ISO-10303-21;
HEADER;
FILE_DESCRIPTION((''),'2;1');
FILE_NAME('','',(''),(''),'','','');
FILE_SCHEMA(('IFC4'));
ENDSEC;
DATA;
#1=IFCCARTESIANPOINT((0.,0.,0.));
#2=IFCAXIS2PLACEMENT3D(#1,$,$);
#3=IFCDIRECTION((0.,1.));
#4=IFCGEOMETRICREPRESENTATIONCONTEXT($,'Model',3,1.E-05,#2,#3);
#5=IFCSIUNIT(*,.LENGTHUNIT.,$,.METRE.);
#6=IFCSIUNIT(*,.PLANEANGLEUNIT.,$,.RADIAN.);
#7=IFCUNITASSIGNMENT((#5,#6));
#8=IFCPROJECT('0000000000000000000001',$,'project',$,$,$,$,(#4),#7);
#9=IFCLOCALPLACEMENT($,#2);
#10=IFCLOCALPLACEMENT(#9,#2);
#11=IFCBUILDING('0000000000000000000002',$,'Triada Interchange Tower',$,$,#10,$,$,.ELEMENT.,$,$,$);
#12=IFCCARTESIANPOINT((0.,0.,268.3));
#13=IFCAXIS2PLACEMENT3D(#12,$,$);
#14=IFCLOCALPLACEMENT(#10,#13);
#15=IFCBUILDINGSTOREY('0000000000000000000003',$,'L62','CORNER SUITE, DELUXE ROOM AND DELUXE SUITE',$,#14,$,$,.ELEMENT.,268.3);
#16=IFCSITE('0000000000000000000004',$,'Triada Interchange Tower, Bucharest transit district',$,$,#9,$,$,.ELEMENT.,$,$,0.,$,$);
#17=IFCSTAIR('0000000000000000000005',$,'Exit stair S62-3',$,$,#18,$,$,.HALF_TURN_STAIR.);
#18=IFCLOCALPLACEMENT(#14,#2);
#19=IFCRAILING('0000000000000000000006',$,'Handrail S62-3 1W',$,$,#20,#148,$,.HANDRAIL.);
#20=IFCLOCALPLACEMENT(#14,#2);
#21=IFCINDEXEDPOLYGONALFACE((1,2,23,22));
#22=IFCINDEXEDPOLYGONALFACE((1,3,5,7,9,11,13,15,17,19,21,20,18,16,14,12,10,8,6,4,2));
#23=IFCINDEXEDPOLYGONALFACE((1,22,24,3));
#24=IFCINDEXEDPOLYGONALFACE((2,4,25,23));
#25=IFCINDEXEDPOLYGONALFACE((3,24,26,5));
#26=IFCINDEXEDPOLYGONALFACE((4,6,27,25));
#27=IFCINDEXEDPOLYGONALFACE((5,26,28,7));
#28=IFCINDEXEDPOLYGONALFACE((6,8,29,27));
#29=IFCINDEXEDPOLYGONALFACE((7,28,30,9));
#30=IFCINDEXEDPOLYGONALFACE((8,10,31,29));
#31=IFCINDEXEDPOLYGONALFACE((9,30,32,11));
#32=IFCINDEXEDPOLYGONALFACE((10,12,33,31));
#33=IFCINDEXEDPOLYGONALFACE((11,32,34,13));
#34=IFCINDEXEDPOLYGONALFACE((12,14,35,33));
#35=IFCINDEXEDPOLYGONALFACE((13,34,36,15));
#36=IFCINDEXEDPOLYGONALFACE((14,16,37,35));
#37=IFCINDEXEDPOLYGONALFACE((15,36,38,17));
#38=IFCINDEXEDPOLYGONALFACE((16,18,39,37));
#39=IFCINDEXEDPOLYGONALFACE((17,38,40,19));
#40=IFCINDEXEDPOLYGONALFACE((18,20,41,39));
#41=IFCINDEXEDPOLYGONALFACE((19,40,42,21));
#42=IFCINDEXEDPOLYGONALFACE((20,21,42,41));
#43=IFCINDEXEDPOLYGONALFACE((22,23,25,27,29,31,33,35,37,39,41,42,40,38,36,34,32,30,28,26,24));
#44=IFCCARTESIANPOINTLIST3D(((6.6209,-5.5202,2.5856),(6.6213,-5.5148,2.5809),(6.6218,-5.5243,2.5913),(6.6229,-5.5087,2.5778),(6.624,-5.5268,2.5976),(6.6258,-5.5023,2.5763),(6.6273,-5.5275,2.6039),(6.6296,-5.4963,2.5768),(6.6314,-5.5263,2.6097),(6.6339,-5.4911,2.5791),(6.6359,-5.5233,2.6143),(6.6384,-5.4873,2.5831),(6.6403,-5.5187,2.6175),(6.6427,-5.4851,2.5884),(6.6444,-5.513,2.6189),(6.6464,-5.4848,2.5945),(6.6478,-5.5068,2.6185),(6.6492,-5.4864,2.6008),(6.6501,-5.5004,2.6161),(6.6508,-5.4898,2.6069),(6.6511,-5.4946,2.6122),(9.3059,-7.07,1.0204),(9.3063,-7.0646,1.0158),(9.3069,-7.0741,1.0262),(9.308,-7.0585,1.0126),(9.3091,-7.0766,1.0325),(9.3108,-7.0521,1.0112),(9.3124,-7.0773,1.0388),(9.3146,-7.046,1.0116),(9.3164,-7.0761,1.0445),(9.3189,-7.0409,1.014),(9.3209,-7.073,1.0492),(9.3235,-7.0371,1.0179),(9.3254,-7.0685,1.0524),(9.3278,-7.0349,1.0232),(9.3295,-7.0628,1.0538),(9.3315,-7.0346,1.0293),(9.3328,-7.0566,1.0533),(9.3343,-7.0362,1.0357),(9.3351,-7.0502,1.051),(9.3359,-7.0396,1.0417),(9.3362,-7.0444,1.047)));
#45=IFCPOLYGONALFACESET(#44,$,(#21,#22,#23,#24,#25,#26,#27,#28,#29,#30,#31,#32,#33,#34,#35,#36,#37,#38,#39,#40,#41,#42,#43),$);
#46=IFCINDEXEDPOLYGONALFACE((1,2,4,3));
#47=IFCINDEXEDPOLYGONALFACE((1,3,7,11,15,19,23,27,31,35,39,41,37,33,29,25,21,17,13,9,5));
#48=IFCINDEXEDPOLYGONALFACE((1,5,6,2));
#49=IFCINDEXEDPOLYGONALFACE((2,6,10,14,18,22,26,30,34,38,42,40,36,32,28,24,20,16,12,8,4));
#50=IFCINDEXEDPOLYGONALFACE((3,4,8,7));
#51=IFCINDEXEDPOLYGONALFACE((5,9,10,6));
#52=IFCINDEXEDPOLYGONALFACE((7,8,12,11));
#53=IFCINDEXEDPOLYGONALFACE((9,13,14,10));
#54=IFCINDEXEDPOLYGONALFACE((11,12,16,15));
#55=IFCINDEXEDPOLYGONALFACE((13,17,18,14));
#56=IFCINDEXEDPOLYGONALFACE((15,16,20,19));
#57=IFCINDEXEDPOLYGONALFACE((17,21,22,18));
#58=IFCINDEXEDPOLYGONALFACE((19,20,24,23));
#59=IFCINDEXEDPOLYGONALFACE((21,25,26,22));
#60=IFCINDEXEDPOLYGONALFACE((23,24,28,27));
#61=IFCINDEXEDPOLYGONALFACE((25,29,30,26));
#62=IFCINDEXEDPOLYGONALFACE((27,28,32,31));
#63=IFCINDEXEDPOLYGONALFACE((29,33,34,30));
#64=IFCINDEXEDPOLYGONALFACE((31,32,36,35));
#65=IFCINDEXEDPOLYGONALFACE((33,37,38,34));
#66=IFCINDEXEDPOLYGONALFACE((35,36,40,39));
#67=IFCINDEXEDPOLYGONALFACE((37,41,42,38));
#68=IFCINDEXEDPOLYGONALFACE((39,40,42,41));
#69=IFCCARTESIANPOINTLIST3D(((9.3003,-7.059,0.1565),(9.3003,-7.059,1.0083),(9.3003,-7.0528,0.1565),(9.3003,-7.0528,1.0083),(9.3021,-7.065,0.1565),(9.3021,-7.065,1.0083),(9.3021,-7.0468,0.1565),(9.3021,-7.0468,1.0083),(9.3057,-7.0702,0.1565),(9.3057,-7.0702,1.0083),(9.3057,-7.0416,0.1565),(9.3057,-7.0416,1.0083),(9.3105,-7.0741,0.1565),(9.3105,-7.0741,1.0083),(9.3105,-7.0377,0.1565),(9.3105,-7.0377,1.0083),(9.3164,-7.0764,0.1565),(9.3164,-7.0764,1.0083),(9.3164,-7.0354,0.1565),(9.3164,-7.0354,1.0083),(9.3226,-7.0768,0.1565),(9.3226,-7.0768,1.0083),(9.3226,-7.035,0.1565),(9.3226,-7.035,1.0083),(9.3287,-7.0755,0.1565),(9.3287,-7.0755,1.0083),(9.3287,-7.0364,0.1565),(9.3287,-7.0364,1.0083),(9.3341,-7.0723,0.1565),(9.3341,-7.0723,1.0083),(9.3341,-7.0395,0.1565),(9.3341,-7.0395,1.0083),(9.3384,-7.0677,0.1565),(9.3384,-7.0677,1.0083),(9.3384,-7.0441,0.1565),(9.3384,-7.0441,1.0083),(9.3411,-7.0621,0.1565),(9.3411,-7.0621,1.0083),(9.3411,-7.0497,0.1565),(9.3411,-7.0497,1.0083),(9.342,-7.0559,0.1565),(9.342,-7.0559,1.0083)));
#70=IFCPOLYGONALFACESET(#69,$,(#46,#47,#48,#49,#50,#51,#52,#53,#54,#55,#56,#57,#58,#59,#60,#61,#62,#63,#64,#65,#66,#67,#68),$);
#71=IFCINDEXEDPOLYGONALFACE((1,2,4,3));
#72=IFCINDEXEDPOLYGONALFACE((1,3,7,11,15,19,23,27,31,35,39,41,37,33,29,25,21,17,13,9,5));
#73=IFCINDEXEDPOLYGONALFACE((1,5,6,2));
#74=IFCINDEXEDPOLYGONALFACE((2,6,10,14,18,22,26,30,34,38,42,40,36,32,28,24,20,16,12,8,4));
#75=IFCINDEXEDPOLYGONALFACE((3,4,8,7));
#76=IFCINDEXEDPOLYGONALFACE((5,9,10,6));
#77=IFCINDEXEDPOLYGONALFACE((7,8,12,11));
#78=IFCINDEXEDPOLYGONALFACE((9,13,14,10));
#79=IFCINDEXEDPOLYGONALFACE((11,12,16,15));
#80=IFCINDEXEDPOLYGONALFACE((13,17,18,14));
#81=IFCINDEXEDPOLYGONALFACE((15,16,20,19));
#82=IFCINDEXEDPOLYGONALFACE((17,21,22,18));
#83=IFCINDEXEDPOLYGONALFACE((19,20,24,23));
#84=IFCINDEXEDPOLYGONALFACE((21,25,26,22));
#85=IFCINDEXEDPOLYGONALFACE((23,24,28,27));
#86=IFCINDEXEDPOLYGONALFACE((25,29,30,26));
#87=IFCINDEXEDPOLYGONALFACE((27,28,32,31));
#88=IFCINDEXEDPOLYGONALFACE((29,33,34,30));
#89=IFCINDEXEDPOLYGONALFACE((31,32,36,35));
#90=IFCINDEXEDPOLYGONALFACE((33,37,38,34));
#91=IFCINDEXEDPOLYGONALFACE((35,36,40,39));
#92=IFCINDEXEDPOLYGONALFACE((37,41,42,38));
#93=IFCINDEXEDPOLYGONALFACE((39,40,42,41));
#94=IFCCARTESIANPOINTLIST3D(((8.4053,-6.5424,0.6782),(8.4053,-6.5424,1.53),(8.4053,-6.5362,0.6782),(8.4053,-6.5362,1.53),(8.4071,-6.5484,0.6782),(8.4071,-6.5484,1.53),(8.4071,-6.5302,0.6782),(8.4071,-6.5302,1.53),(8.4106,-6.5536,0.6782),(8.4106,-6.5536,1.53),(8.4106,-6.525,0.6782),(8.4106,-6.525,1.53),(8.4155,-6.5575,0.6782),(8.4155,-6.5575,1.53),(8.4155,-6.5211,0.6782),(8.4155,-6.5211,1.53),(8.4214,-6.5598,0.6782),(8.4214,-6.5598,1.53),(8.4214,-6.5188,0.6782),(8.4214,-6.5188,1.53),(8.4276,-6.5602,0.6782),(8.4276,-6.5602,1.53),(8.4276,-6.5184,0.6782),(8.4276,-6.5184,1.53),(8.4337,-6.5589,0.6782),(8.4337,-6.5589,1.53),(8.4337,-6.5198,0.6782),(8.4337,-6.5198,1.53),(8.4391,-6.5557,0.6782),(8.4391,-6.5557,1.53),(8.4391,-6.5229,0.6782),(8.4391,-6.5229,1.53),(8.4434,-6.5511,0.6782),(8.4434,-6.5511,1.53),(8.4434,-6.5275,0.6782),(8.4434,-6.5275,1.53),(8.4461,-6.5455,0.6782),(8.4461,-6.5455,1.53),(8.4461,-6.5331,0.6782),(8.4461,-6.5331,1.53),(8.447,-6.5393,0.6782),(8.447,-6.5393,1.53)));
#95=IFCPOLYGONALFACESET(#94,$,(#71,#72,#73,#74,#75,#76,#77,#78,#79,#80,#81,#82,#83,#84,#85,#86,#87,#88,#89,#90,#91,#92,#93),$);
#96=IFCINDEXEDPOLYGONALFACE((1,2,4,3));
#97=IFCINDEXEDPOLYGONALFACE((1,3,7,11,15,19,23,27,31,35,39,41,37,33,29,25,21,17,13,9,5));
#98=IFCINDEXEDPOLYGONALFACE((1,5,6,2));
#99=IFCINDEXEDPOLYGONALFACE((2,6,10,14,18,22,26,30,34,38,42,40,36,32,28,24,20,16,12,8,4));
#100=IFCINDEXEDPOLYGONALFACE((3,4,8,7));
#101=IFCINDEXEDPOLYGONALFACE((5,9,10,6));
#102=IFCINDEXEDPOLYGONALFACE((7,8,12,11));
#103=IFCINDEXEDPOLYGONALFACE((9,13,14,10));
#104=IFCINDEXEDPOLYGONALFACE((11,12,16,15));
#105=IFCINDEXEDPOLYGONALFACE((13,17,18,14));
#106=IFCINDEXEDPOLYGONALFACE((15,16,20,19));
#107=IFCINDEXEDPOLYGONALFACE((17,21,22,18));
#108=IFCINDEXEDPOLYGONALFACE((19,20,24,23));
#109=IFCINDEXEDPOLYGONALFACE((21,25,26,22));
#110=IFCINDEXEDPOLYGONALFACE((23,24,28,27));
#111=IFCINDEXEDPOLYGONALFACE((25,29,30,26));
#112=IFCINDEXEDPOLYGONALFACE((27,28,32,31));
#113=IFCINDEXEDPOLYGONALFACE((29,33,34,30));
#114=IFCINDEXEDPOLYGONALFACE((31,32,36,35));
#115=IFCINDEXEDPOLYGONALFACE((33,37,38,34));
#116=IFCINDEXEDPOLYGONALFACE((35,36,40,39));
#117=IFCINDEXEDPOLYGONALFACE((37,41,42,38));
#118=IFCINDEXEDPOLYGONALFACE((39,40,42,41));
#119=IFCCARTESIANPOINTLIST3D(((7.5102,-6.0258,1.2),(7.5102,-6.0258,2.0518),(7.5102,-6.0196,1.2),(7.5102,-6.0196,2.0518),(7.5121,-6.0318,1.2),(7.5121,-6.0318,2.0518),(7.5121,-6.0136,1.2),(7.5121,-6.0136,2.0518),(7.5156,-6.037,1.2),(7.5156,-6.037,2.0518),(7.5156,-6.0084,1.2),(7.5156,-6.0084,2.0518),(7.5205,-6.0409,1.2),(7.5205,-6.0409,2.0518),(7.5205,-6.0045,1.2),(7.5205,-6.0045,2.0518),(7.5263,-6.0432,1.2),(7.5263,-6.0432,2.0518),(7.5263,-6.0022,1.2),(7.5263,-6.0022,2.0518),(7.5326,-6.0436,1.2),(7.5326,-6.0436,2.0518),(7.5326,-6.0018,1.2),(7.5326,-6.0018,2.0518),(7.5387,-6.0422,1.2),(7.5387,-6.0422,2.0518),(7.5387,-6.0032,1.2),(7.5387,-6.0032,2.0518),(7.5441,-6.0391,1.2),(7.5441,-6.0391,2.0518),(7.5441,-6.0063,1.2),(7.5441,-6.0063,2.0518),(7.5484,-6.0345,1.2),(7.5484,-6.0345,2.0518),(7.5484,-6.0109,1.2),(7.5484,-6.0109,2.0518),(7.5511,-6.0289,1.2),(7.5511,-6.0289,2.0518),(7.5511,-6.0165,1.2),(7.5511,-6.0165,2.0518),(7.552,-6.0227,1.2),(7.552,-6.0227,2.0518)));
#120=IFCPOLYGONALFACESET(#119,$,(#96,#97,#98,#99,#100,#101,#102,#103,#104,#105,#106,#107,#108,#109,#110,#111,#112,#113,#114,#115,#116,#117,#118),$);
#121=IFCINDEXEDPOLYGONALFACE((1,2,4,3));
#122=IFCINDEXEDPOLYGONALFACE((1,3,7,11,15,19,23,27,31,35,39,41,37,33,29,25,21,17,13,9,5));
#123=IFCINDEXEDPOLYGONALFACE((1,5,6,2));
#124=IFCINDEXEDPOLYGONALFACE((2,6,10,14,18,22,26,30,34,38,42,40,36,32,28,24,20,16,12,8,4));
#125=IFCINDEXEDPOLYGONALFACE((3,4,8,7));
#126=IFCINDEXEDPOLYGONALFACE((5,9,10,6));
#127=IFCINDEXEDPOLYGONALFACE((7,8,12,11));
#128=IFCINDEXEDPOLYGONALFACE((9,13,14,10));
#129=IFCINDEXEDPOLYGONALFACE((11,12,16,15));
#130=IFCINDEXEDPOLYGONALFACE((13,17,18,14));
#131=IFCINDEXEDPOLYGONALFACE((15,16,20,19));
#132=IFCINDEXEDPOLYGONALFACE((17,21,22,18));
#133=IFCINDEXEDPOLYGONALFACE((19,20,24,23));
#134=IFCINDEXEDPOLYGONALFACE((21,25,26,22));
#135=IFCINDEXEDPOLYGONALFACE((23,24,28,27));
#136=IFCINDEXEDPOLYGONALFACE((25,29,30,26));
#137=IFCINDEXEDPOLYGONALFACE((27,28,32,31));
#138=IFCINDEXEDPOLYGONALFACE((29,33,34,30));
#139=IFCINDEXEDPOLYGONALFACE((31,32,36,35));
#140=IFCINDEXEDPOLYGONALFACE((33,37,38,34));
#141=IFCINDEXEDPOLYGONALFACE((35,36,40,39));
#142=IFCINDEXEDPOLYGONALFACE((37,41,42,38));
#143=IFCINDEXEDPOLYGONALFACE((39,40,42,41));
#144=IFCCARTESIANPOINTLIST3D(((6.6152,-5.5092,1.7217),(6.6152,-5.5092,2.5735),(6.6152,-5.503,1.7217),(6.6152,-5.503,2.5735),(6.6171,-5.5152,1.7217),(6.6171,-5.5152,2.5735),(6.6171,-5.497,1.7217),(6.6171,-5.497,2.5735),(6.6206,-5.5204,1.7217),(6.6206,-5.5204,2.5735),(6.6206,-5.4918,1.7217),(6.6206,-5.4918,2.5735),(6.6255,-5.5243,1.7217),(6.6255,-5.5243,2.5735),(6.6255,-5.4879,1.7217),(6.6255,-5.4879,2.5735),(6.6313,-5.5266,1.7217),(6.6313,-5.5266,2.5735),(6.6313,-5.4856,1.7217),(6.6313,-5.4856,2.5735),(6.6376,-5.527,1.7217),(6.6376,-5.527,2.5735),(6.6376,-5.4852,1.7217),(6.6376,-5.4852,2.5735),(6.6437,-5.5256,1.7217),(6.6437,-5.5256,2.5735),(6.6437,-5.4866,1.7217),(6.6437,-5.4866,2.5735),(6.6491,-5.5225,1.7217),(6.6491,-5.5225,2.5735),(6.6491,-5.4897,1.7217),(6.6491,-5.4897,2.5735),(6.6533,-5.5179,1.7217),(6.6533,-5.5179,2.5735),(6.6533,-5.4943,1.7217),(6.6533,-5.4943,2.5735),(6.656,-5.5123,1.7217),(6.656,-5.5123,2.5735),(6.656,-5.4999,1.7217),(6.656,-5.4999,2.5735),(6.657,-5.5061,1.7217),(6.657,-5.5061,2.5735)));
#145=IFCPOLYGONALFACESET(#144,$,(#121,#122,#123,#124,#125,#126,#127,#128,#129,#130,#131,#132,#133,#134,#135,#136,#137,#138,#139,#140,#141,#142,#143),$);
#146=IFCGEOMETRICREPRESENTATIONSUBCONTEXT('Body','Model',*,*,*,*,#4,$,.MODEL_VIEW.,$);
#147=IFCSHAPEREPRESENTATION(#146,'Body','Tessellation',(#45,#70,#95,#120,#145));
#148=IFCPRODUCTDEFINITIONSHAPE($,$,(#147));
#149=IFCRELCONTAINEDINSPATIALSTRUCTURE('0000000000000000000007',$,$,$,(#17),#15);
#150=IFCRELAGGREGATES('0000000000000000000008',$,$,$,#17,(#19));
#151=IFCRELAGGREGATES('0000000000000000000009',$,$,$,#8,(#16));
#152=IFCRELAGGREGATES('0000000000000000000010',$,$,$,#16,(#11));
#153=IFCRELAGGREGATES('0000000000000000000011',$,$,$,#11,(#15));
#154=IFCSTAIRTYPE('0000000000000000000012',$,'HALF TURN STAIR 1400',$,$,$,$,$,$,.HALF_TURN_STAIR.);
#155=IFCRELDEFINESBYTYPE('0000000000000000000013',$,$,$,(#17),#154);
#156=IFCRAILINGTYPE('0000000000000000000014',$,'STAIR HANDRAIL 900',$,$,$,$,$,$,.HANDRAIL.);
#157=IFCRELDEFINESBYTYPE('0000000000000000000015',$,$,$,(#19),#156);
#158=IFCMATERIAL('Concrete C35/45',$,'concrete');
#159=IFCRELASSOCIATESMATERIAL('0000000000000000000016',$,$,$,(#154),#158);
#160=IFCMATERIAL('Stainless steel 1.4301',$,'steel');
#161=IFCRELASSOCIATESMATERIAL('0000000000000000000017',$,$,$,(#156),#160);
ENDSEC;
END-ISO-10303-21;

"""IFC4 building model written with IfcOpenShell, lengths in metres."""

from ifc_helpers import new_model, si_unit, direction, frame, origin, origin_2d, place, context, subcontext, project, spatial, circle, extrude, material, type_object, element, aggregate, save


model = new_model("IFC4")

# Units and contexts
model_context = context("Model", 3, precision=1e-05, world=origin(), true_north=direction((0.0, 1.0)))
body_context = subcontext(model_context, "Body", "Model", "MODEL_VIEW")
ifc_project = project(units=[si_unit("LENGTHUNIT", "METRE"), si_unit("PLANEANGLEUNIT", "RADIAN")], contexts=[model_context])

# Site, building, storey
site_placement = place(None, origin())
site = spatial("IfcSite", under=ifc_project, at=site_placement, Name="Triada Interchange Tower, Bucharest transit district", CompositionType="ELEMENT", RefElevation=0.0)
building_placement = place(site_placement, origin())
building = spatial("IfcBuilding", under=site, at=building_placement, Name="Triada Interchange Tower", CompositionType="ELEMENT")
storey_placement = place(building_placement, frame((0.0, 0.0, 268.3)))
storey = spatial("IfcBuildingStorey", under=building, at=storey_placement, Name="L62", Description="CORNER SUITE, DELUXE ROOM AND DELUXE SUITE", CompositionType="ELEMENT", Elevation=268.3)

# Stair, railing
ifc_material_1 = material(Name="Concrete C35/45", Category="concrete")
stair_type = type_object("IfcStairType", Name="HALF TURN STAIR 1400", PredefinedType="HALF_TURN_STAIR", material=ifc_material_1)
stair_placement = place(storey_placement, origin())
stair = element("IfcStair", 1, at=stair_placement, inside=storey, type_object=stair_type, Name="Exit stair S62-3", PredefinedType="HALF_TURN_STAIR")
ifc_material_2 = material(Name="Stainless steel 1.4301", Category="steel")
railing_type = type_object("IfcRailingType", Name="STAIR HANDRAIL 900", PredefinedType="HANDRAIL", material=ifc_material_2)
railing_1_placement = place(storey_placement, frame((9.321, -7.0559, 0.1565)))
railing_1 = element("IfcRailing", 2, at=railing_1_placement, type_object=railing_type, Name="Handrail S62-3 1W", PredefinedType="HANDRAIL", context=body_context, shape_type="SweptSolid", body=[
    extrude(circle(Radius=0.0239, at=origin_2d()), frame((0.0, 0.0, 0.876), z_axis=(-0.773139, 0.446253, 0.450682), x_axis=(-0.4999, -0.866083, 0.0)), (0.0, 0.0, 1.0), 3.4729),
    extrude(circle(Radius=0.021, at=origin_2d()), origin(), (0.0, 0.0, 1.0), 0.8518),
    extrude(circle(Radius=0.021, at=origin_2d()), frame((-0.895, 0.5166, 0.5217)), (0.0, 0.0, 1.0), 0.8518),
    extrude(circle(Radius=0.021, at=origin_2d()), frame((-1.79, 1.0332, 1.0435)), (0.0, 0.0, 1.0), 0.8518),
    extrude(circle(Radius=0.021, at=origin_2d()), frame((-2.6851, 1.5498, 1.5652)), (0.0, 0.0, 1.0), 0.8518),
])
aggregate(stair, [railing_1])

save(model, "model.ifc")
